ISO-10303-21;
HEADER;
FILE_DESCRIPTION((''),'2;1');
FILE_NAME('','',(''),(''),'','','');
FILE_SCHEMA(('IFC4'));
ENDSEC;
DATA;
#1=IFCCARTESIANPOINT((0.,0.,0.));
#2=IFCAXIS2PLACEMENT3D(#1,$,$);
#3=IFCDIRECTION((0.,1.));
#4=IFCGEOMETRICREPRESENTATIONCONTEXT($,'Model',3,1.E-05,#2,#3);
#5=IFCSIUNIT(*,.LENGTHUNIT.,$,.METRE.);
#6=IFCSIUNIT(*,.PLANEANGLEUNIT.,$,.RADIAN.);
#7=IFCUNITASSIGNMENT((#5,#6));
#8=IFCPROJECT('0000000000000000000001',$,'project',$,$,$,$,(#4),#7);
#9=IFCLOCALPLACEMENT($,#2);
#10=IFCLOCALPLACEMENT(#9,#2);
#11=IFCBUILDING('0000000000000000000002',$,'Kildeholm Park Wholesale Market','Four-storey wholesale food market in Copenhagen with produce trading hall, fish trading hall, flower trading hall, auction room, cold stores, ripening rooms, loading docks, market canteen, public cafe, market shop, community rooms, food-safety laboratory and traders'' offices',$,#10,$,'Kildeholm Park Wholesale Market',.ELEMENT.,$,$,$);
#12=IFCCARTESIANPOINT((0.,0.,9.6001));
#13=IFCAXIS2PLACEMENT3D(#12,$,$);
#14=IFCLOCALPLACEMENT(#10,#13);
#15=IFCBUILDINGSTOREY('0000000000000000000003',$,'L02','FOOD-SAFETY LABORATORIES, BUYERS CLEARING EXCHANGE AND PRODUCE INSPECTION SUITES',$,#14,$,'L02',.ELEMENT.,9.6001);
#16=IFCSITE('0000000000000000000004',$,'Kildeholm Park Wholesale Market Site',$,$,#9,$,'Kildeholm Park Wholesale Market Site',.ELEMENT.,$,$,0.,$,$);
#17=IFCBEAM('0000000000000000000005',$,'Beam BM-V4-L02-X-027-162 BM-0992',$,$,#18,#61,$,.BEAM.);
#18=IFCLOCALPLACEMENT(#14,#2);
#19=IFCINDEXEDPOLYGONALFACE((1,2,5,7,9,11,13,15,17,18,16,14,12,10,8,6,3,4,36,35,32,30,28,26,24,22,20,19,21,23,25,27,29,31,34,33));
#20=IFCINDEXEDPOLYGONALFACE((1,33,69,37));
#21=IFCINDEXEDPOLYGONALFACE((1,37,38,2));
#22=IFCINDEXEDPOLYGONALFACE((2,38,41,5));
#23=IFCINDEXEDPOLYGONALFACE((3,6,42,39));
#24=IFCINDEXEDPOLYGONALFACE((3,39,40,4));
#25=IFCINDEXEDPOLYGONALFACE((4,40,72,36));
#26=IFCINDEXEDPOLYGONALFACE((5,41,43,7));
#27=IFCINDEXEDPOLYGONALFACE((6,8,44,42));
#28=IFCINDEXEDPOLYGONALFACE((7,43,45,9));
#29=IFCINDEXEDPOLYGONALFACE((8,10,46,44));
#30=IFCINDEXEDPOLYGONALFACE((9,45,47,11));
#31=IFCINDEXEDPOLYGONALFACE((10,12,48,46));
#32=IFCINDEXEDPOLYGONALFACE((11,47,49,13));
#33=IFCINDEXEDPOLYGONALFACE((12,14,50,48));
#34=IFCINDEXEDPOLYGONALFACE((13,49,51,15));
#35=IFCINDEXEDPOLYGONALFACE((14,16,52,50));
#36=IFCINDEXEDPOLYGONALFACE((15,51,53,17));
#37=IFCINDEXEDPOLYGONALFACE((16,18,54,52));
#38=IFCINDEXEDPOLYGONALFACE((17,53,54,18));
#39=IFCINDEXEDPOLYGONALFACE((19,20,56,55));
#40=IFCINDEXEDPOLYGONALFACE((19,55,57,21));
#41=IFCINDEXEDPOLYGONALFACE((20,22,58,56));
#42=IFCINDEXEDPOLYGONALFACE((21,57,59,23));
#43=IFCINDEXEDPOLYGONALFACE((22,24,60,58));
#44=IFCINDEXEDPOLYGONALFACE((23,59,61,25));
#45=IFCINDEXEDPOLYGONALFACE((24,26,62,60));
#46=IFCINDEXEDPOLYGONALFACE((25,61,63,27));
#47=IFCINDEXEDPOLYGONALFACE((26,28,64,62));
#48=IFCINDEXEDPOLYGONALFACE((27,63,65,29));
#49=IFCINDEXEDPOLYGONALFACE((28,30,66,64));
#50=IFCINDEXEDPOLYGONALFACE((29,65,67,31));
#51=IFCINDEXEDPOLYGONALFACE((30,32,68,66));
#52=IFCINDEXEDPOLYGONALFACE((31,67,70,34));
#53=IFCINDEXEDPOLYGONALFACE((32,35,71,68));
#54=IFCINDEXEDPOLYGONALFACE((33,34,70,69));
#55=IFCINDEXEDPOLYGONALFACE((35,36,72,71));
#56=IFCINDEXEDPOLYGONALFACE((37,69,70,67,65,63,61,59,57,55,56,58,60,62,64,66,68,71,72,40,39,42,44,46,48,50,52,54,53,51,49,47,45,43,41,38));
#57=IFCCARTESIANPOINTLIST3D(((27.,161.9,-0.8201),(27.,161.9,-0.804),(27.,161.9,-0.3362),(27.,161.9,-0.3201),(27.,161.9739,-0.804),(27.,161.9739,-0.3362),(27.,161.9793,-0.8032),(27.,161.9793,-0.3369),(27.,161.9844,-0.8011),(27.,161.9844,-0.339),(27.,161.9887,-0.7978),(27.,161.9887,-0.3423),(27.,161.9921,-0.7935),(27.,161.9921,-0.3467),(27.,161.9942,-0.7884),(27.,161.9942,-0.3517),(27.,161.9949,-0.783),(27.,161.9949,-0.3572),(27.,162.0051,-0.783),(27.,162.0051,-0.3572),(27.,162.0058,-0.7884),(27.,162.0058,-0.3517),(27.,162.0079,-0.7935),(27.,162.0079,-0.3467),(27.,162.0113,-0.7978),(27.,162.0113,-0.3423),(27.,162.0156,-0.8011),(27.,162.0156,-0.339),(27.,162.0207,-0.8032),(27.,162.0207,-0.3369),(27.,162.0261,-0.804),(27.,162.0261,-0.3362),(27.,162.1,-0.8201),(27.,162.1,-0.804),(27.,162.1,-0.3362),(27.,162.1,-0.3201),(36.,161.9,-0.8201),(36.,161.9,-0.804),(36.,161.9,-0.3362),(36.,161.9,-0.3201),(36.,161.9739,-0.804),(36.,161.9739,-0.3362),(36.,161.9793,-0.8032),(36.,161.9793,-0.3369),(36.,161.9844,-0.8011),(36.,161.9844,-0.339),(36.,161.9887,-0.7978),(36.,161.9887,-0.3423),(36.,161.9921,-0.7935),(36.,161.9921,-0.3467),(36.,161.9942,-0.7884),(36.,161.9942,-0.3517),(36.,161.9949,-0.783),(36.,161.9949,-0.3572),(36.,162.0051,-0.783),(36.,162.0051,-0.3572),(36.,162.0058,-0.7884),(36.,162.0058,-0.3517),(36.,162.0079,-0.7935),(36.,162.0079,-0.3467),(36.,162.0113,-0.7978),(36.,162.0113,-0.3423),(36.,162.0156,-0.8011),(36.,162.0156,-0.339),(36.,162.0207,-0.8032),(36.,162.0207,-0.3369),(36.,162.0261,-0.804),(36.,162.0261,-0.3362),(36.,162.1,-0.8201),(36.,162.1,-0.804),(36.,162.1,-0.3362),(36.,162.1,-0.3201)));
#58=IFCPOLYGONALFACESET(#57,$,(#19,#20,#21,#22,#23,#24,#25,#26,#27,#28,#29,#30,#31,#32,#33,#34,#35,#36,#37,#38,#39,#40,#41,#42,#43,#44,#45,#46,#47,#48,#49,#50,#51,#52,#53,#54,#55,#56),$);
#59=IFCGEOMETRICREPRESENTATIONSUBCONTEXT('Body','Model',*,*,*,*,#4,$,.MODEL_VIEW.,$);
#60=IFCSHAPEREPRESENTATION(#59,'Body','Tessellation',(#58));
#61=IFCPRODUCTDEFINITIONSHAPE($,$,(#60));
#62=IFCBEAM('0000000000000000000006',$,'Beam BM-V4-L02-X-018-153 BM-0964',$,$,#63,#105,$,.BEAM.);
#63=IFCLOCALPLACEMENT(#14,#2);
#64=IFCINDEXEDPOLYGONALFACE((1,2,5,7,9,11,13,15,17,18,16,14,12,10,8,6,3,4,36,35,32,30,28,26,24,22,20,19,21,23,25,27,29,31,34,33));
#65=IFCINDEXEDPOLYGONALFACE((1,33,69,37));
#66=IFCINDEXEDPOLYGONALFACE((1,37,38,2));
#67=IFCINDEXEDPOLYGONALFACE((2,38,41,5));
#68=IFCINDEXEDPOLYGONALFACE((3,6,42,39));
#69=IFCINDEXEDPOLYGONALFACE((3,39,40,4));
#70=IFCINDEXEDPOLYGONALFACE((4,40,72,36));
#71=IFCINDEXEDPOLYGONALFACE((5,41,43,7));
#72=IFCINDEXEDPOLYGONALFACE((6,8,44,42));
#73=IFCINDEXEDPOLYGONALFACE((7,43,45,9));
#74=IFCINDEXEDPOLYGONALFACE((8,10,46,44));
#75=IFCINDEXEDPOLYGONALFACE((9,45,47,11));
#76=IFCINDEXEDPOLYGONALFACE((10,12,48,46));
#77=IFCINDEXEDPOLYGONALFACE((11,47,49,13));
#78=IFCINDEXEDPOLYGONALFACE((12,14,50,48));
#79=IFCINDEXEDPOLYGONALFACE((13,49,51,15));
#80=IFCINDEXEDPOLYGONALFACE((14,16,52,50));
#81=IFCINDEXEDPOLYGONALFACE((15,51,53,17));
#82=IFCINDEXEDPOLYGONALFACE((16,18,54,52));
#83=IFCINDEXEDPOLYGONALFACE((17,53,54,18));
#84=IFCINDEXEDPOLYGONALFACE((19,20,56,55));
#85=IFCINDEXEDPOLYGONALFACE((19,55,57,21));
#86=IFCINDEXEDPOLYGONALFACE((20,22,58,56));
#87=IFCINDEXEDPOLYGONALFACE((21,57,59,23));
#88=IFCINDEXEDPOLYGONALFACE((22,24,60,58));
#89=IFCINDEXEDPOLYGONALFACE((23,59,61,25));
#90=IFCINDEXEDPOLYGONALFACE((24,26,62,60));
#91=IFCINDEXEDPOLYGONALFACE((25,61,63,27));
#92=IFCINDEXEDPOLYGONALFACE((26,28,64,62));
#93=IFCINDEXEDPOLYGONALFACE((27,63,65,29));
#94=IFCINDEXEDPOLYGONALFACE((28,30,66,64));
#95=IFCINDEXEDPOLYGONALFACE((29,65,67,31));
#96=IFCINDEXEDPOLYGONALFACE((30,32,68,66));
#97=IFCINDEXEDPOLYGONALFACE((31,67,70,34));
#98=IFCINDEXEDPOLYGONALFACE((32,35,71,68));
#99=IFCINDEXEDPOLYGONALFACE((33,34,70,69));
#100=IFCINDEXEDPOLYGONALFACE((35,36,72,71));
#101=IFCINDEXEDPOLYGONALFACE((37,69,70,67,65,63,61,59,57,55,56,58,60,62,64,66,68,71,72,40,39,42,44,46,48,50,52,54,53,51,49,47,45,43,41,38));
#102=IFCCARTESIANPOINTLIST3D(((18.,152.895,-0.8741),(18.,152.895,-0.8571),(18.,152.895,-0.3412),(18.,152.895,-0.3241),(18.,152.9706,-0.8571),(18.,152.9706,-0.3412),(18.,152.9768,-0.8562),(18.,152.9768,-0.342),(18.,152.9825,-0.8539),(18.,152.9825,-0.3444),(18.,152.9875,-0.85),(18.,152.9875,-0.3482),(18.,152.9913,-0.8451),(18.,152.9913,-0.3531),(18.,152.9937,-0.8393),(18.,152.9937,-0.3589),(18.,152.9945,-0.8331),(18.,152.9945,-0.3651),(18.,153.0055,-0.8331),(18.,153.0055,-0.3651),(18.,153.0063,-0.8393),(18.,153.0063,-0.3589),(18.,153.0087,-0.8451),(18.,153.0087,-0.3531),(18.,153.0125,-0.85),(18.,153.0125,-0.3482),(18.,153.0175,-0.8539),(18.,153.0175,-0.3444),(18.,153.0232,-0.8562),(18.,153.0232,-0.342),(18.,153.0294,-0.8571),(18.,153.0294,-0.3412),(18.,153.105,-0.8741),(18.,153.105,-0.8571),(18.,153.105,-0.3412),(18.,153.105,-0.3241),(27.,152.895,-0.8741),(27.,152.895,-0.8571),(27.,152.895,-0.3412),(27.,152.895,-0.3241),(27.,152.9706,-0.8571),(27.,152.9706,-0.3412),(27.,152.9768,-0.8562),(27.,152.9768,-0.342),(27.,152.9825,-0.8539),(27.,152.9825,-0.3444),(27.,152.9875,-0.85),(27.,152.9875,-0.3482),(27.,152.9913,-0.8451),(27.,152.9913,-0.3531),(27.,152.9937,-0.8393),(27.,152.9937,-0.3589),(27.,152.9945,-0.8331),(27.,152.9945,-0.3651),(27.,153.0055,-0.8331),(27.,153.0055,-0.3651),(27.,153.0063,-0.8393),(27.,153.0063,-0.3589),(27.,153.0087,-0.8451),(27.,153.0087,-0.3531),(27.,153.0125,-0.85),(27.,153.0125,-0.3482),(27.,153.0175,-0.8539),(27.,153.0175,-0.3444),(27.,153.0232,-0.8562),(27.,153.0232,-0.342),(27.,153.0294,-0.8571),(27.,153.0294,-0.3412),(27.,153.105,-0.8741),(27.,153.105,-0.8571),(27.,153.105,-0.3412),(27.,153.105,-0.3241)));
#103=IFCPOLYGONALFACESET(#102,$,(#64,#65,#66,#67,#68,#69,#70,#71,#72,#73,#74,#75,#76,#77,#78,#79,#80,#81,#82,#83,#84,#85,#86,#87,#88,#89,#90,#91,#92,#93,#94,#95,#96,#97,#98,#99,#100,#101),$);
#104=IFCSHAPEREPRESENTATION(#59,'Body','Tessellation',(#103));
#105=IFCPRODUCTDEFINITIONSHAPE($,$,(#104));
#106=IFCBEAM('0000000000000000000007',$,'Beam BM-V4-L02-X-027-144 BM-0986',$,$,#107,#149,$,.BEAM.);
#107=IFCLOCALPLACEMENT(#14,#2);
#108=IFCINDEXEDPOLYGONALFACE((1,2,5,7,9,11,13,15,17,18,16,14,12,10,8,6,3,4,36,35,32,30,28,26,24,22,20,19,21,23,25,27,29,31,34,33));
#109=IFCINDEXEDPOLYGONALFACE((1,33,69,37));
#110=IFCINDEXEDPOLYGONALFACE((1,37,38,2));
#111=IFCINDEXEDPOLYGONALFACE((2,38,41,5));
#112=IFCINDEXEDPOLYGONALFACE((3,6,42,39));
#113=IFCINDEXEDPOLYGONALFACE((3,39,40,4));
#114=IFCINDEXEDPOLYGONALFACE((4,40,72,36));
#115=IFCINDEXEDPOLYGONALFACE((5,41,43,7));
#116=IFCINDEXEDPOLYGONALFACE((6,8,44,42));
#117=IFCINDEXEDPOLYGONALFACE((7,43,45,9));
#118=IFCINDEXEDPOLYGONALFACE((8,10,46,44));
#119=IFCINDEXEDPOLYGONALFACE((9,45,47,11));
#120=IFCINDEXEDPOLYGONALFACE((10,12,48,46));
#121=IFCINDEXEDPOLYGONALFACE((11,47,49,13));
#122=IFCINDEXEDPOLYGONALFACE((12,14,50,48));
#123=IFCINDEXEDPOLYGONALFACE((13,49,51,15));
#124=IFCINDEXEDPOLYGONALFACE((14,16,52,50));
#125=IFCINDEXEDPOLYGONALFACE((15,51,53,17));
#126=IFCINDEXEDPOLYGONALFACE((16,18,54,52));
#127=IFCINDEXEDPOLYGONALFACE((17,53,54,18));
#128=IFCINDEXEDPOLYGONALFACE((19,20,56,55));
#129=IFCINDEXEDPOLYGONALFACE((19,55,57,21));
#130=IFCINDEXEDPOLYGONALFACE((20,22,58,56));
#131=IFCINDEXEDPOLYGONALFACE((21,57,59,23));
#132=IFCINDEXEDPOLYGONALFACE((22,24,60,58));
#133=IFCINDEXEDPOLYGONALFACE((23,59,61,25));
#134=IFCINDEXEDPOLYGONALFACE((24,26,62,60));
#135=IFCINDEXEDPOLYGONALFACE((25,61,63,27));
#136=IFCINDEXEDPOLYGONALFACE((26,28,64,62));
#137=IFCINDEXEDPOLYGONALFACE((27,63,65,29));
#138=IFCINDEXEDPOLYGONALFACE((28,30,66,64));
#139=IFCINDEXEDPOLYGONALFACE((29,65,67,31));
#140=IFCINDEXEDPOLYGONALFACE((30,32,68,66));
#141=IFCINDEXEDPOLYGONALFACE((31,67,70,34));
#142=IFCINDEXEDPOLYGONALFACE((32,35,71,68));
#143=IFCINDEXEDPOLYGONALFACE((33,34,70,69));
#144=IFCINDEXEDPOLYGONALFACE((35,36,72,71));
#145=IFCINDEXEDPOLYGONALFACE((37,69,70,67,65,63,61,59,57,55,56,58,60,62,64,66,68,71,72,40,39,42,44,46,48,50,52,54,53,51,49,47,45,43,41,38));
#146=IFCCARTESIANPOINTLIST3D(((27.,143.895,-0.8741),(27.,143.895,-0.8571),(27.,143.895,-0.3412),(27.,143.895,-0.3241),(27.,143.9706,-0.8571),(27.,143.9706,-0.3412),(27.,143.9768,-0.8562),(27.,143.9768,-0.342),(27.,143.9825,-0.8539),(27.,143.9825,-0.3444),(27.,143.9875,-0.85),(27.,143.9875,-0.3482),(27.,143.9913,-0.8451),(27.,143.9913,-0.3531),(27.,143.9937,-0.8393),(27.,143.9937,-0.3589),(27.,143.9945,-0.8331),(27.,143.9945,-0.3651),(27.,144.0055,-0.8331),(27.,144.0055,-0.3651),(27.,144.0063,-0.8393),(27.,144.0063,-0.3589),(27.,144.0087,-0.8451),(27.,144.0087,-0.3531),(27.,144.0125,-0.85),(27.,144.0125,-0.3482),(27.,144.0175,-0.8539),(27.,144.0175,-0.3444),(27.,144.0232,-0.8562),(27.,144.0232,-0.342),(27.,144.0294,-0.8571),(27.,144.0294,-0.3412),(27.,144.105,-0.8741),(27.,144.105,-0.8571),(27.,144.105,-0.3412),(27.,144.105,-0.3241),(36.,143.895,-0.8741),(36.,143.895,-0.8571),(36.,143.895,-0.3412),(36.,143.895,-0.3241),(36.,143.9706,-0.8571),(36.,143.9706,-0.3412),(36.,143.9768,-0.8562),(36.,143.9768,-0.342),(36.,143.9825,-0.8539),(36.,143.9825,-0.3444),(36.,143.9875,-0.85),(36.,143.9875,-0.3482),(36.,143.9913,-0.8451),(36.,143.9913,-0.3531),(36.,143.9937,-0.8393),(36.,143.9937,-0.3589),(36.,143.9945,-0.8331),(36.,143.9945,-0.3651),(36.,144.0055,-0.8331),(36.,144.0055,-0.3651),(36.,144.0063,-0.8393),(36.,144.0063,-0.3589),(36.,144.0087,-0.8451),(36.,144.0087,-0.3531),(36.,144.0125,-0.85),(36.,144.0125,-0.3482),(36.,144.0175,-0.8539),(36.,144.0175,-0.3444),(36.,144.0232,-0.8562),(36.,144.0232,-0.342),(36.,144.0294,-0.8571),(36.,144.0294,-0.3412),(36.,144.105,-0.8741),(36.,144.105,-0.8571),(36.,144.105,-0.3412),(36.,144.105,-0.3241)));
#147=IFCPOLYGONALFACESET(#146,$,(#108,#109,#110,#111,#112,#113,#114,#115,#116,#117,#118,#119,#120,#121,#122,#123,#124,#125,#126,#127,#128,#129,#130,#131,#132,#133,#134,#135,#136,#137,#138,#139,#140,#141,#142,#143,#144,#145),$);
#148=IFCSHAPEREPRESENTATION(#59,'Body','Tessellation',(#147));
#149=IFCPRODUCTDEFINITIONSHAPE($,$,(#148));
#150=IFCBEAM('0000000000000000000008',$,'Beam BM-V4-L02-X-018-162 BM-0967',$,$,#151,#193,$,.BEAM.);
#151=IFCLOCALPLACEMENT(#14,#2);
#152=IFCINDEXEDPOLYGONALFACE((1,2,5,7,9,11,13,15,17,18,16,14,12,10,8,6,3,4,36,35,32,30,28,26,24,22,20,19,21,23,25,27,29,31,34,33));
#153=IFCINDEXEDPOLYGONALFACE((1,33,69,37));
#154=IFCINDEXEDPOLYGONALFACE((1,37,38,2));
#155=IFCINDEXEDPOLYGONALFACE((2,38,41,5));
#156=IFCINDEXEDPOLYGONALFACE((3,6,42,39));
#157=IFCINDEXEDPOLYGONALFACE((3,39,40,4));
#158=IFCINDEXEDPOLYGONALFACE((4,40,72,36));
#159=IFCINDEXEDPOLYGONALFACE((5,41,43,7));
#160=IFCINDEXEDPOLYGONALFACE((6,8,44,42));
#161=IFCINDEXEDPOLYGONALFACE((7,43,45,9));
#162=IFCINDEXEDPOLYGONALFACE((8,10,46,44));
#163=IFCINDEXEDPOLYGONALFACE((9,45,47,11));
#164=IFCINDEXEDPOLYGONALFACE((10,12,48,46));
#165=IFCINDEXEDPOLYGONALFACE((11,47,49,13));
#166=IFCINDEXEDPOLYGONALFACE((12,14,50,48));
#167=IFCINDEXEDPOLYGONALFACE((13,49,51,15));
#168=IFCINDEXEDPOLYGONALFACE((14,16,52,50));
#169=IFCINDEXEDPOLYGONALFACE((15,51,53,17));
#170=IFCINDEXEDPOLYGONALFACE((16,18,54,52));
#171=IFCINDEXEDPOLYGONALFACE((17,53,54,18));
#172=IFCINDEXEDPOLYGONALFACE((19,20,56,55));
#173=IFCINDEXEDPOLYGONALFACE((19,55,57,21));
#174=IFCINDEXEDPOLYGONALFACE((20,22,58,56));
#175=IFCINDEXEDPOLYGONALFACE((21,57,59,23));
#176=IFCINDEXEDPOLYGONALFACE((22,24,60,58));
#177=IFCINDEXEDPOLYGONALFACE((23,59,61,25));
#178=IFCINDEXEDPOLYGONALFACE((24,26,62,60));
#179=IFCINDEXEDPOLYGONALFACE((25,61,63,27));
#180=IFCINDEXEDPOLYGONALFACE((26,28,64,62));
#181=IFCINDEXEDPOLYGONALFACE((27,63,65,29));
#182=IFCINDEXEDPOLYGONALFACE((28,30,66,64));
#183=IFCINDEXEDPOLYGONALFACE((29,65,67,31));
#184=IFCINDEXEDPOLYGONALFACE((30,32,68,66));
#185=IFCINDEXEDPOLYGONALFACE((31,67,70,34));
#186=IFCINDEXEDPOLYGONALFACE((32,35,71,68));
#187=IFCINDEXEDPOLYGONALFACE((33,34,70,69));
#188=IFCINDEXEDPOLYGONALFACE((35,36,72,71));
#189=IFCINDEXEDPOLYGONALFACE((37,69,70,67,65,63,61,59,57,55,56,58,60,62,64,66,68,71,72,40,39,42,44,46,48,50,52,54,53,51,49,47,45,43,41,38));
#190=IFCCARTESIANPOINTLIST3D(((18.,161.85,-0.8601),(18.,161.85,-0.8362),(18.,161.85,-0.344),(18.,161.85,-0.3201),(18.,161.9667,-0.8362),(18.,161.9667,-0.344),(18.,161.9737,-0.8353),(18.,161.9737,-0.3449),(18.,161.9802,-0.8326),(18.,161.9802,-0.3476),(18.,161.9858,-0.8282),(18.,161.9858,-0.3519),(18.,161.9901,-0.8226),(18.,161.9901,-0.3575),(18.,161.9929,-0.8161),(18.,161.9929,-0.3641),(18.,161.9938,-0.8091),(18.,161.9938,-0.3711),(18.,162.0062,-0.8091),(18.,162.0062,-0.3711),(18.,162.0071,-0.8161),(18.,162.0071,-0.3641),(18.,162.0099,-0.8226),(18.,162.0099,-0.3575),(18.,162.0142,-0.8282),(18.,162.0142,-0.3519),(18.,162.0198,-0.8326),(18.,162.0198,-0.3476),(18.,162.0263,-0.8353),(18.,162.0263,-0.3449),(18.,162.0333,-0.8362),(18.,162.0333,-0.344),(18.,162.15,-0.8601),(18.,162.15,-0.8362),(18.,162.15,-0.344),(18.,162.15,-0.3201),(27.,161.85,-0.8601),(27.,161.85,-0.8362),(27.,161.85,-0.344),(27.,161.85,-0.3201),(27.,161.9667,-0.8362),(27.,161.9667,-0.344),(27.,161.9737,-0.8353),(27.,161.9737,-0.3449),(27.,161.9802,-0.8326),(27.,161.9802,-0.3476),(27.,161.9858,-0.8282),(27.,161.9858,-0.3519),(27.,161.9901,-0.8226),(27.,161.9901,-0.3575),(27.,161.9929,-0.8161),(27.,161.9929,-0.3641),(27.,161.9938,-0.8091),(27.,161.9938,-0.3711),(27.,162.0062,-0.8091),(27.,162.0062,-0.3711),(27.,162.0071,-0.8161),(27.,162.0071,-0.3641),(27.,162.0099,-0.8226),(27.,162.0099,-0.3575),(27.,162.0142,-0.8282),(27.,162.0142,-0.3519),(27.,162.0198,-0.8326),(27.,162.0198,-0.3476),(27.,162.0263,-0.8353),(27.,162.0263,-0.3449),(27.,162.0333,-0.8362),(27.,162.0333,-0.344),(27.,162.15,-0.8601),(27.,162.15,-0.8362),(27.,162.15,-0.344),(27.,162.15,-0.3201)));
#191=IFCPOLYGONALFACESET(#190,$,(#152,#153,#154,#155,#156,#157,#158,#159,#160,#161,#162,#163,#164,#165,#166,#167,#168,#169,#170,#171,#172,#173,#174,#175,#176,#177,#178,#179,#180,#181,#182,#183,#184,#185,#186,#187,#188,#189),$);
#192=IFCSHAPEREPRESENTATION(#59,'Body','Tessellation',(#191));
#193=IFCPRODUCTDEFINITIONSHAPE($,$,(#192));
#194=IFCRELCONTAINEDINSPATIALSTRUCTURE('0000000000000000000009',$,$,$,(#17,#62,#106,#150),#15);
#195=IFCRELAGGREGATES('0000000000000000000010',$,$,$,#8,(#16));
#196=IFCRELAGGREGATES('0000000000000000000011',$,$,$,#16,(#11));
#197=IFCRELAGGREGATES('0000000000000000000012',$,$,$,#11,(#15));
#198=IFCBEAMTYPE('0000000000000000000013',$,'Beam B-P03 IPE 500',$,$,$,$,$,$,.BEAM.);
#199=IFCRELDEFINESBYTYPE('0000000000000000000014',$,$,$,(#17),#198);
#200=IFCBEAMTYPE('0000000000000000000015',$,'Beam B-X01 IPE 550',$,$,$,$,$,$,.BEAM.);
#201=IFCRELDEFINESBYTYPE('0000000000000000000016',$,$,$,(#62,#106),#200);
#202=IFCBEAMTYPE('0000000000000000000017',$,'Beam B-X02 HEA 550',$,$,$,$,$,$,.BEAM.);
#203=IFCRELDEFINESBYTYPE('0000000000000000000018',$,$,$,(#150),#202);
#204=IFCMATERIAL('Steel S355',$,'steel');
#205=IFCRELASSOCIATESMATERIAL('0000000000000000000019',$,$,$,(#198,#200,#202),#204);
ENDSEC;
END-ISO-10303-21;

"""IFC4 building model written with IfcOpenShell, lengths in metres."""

from ifc_helpers import new_model, si_unit, direction, frame, origin, origin_2d, place, context, subcontext, project, spatial, i_section, extrude, material, material_profile, profile_set, type_object, element, save


model = new_model("IFC4")

# Units and contexts
model_context = context("Model", 3, precision=1e-05, world=origin(), true_north=direction((0.0, 1.0)))
body_context = subcontext(model_context, "Body", "Model", "MODEL_VIEW")
ifc_project = project(units=[si_unit("LENGTHUNIT", "METRE"), si_unit("PLANEANGLEUNIT", "RADIAN")], contexts=[model_context])

# Site, building, storey
site_placement = place(None, origin())
site = spatial("IfcSite", under=ifc_project, at=site_placement, Name="Kildeholm Park Wholesale Market Site", LongName="Kildeholm Park Wholesale Market Site", CompositionType="ELEMENT", RefElevation=0.0)
building_placement = place(site_placement, origin())
building = spatial("IfcBuilding", under=site, at=building_placement, Name="Kildeholm Park Wholesale Market", Description="Four-storey wholesale food market in Copenhagen with produce trading hall, fish trading hall, flower trading hall, auction room, cold stores, ripening rooms, loading docks, market canteen, public cafe, market shop, community rooms, food-safety laboratory and traders' offices", LongName="Kildeholm Park Wholesale Market", CompositionType="ELEMENT")
storey_placement = place(building_placement, frame((0.0, 0.0, 9.6001)))
storey = spatial("IfcBuildingStorey", under=building, at=storey_placement, Name="L02", Description="FOOD-SAFETY LABORATORIES, BUYERS CLEARING EXCHANGE AND PRODUCE INSPECTION SUITES", LongName="L02", CompositionType="ELEMENT", Elevation=9.6001)

# Beams
ifc_material_1 = material(Name="Steel S355", Category="steel")
ifc_material_profile_1 = material_profile(ifc_material_1, i_section(OverallWidth=0.2, OverallDepth=0.5, WebThickness=0.0103, FlangeThickness=0.0161, FilletRadius=0.021, at=origin_2d()), Name="IPE 500")
ifc_profile_set_1 = profile_set([ifc_material_profile_1], Name="Steel S355")
beam_type_1 = type_object("IfcBeamType", Name="Beam B-P03 IPE 500", PredefinedType="BEAM", material=ifc_profile_set_1)
beam_1_placement = place(storey_placement, frame((27.0, 162.0, -0.5701), z_axis=(1.0, 0.0, 0.0), x_axis=(0.0, 1.0, 0.0)))
element("IfcBeam", 1, at=beam_1_placement, inside=storey, type_object=beam_type_1, Name="Beam BM-V4-L02-X-027-162 BM-0992", PredefinedType="BEAM", context=body_context, shape_type="SweptSolid", body=[
    extrude(i_section(OverallWidth=0.2, OverallDepth=0.5, WebThickness=0.0103, FlangeThickness=0.0161, FilletRadius=0.021, at=origin_2d()), origin(), (0.0, 0.0, 1.0), 9.0),
])
ifc_material_profile_2 = material_profile(ifc_material_1, i_section(OverallWidth=0.21, OverallDepth=0.55, WebThickness=0.011, FlangeThickness=0.0171, FilletRadius=0.0239, at=origin_2d()), Name="IPE 550")
ifc_profile_set_2 = profile_set([ifc_material_profile_2], Name="Steel S355")
beam_type_2 = type_object("IfcBeamType", Name="Beam B-X01 IPE 550", PredefinedType="BEAM", material=ifc_profile_set_2)
for number, where, z_axis, x_axis, name in (
    (2, (18.0, 153.0, -0.5991), (1.0, 0.0, 0.0), (0.0, 1.0, 0.0), "Beam BM-V4-L02-X-018-153 BM-0964"),
    (3, (27.0, 144.0, -0.5991), (1.0, 0.0, 0.0), (0.0, 1.0, 0.0), "Beam BM-V4-L02-X-027-144 BM-0986"),
):
    element("IfcBeam", number, at=place(storey_placement, frame(where, z_axis=z_axis, x_axis=x_axis)), inside=storey, type_object=beam_type_2, Name=name, PredefinedType="BEAM", context=body_context, shape_type="SweptSolid", body=[
        extrude(i_section(OverallWidth=0.21, OverallDepth=0.55, WebThickness=0.011, FlangeThickness=0.0171, FilletRadius=0.0239, at=origin_2d()), origin(), (0.0, 0.0, 1.0), 9.0),
    ])
ifc_material_profile_3 = material_profile(ifc_material_1, i_section(OverallWidth=0.3, OverallDepth=0.54, WebThickness=0.0125, FlangeThickness=0.0239, FilletRadius=0.0271, at=origin_2d()), Name="HEA 550")
ifc_profile_set_3 = profile_set([ifc_material_profile_3], Name="Steel S355")
beam_type_3 = type_object("IfcBeamType", Name="Beam B-X02 HEA 550", PredefinedType="BEAM", material=ifc_profile_set_3)
for number, where, z_axis, x_axis, name in (
    (4, (18.0, 162.0, -0.5901), (1.0, 0.0, 0.0), (0.0, 1.0, 0.0), "Beam BM-V4-L02-X-018-162 BM-0967"),
):
    element("IfcBeam", number, at=place(storey_placement, frame(where, z_axis=z_axis, x_axis=x_axis)), inside=storey, type_object=beam_type_3, Name=name, PredefinedType="BEAM", context=body_context, shape_type="SweptSolid", body=[
        extrude(i_section(OverallWidth=0.3, OverallDepth=0.54, WebThickness=0.0125, FlangeThickness=0.0239, FilletRadius=0.0271, at=origin_2d()), origin(), (0.0, 0.0, 1.0), 9.0),
    ])

save(model, "model.ifc")
